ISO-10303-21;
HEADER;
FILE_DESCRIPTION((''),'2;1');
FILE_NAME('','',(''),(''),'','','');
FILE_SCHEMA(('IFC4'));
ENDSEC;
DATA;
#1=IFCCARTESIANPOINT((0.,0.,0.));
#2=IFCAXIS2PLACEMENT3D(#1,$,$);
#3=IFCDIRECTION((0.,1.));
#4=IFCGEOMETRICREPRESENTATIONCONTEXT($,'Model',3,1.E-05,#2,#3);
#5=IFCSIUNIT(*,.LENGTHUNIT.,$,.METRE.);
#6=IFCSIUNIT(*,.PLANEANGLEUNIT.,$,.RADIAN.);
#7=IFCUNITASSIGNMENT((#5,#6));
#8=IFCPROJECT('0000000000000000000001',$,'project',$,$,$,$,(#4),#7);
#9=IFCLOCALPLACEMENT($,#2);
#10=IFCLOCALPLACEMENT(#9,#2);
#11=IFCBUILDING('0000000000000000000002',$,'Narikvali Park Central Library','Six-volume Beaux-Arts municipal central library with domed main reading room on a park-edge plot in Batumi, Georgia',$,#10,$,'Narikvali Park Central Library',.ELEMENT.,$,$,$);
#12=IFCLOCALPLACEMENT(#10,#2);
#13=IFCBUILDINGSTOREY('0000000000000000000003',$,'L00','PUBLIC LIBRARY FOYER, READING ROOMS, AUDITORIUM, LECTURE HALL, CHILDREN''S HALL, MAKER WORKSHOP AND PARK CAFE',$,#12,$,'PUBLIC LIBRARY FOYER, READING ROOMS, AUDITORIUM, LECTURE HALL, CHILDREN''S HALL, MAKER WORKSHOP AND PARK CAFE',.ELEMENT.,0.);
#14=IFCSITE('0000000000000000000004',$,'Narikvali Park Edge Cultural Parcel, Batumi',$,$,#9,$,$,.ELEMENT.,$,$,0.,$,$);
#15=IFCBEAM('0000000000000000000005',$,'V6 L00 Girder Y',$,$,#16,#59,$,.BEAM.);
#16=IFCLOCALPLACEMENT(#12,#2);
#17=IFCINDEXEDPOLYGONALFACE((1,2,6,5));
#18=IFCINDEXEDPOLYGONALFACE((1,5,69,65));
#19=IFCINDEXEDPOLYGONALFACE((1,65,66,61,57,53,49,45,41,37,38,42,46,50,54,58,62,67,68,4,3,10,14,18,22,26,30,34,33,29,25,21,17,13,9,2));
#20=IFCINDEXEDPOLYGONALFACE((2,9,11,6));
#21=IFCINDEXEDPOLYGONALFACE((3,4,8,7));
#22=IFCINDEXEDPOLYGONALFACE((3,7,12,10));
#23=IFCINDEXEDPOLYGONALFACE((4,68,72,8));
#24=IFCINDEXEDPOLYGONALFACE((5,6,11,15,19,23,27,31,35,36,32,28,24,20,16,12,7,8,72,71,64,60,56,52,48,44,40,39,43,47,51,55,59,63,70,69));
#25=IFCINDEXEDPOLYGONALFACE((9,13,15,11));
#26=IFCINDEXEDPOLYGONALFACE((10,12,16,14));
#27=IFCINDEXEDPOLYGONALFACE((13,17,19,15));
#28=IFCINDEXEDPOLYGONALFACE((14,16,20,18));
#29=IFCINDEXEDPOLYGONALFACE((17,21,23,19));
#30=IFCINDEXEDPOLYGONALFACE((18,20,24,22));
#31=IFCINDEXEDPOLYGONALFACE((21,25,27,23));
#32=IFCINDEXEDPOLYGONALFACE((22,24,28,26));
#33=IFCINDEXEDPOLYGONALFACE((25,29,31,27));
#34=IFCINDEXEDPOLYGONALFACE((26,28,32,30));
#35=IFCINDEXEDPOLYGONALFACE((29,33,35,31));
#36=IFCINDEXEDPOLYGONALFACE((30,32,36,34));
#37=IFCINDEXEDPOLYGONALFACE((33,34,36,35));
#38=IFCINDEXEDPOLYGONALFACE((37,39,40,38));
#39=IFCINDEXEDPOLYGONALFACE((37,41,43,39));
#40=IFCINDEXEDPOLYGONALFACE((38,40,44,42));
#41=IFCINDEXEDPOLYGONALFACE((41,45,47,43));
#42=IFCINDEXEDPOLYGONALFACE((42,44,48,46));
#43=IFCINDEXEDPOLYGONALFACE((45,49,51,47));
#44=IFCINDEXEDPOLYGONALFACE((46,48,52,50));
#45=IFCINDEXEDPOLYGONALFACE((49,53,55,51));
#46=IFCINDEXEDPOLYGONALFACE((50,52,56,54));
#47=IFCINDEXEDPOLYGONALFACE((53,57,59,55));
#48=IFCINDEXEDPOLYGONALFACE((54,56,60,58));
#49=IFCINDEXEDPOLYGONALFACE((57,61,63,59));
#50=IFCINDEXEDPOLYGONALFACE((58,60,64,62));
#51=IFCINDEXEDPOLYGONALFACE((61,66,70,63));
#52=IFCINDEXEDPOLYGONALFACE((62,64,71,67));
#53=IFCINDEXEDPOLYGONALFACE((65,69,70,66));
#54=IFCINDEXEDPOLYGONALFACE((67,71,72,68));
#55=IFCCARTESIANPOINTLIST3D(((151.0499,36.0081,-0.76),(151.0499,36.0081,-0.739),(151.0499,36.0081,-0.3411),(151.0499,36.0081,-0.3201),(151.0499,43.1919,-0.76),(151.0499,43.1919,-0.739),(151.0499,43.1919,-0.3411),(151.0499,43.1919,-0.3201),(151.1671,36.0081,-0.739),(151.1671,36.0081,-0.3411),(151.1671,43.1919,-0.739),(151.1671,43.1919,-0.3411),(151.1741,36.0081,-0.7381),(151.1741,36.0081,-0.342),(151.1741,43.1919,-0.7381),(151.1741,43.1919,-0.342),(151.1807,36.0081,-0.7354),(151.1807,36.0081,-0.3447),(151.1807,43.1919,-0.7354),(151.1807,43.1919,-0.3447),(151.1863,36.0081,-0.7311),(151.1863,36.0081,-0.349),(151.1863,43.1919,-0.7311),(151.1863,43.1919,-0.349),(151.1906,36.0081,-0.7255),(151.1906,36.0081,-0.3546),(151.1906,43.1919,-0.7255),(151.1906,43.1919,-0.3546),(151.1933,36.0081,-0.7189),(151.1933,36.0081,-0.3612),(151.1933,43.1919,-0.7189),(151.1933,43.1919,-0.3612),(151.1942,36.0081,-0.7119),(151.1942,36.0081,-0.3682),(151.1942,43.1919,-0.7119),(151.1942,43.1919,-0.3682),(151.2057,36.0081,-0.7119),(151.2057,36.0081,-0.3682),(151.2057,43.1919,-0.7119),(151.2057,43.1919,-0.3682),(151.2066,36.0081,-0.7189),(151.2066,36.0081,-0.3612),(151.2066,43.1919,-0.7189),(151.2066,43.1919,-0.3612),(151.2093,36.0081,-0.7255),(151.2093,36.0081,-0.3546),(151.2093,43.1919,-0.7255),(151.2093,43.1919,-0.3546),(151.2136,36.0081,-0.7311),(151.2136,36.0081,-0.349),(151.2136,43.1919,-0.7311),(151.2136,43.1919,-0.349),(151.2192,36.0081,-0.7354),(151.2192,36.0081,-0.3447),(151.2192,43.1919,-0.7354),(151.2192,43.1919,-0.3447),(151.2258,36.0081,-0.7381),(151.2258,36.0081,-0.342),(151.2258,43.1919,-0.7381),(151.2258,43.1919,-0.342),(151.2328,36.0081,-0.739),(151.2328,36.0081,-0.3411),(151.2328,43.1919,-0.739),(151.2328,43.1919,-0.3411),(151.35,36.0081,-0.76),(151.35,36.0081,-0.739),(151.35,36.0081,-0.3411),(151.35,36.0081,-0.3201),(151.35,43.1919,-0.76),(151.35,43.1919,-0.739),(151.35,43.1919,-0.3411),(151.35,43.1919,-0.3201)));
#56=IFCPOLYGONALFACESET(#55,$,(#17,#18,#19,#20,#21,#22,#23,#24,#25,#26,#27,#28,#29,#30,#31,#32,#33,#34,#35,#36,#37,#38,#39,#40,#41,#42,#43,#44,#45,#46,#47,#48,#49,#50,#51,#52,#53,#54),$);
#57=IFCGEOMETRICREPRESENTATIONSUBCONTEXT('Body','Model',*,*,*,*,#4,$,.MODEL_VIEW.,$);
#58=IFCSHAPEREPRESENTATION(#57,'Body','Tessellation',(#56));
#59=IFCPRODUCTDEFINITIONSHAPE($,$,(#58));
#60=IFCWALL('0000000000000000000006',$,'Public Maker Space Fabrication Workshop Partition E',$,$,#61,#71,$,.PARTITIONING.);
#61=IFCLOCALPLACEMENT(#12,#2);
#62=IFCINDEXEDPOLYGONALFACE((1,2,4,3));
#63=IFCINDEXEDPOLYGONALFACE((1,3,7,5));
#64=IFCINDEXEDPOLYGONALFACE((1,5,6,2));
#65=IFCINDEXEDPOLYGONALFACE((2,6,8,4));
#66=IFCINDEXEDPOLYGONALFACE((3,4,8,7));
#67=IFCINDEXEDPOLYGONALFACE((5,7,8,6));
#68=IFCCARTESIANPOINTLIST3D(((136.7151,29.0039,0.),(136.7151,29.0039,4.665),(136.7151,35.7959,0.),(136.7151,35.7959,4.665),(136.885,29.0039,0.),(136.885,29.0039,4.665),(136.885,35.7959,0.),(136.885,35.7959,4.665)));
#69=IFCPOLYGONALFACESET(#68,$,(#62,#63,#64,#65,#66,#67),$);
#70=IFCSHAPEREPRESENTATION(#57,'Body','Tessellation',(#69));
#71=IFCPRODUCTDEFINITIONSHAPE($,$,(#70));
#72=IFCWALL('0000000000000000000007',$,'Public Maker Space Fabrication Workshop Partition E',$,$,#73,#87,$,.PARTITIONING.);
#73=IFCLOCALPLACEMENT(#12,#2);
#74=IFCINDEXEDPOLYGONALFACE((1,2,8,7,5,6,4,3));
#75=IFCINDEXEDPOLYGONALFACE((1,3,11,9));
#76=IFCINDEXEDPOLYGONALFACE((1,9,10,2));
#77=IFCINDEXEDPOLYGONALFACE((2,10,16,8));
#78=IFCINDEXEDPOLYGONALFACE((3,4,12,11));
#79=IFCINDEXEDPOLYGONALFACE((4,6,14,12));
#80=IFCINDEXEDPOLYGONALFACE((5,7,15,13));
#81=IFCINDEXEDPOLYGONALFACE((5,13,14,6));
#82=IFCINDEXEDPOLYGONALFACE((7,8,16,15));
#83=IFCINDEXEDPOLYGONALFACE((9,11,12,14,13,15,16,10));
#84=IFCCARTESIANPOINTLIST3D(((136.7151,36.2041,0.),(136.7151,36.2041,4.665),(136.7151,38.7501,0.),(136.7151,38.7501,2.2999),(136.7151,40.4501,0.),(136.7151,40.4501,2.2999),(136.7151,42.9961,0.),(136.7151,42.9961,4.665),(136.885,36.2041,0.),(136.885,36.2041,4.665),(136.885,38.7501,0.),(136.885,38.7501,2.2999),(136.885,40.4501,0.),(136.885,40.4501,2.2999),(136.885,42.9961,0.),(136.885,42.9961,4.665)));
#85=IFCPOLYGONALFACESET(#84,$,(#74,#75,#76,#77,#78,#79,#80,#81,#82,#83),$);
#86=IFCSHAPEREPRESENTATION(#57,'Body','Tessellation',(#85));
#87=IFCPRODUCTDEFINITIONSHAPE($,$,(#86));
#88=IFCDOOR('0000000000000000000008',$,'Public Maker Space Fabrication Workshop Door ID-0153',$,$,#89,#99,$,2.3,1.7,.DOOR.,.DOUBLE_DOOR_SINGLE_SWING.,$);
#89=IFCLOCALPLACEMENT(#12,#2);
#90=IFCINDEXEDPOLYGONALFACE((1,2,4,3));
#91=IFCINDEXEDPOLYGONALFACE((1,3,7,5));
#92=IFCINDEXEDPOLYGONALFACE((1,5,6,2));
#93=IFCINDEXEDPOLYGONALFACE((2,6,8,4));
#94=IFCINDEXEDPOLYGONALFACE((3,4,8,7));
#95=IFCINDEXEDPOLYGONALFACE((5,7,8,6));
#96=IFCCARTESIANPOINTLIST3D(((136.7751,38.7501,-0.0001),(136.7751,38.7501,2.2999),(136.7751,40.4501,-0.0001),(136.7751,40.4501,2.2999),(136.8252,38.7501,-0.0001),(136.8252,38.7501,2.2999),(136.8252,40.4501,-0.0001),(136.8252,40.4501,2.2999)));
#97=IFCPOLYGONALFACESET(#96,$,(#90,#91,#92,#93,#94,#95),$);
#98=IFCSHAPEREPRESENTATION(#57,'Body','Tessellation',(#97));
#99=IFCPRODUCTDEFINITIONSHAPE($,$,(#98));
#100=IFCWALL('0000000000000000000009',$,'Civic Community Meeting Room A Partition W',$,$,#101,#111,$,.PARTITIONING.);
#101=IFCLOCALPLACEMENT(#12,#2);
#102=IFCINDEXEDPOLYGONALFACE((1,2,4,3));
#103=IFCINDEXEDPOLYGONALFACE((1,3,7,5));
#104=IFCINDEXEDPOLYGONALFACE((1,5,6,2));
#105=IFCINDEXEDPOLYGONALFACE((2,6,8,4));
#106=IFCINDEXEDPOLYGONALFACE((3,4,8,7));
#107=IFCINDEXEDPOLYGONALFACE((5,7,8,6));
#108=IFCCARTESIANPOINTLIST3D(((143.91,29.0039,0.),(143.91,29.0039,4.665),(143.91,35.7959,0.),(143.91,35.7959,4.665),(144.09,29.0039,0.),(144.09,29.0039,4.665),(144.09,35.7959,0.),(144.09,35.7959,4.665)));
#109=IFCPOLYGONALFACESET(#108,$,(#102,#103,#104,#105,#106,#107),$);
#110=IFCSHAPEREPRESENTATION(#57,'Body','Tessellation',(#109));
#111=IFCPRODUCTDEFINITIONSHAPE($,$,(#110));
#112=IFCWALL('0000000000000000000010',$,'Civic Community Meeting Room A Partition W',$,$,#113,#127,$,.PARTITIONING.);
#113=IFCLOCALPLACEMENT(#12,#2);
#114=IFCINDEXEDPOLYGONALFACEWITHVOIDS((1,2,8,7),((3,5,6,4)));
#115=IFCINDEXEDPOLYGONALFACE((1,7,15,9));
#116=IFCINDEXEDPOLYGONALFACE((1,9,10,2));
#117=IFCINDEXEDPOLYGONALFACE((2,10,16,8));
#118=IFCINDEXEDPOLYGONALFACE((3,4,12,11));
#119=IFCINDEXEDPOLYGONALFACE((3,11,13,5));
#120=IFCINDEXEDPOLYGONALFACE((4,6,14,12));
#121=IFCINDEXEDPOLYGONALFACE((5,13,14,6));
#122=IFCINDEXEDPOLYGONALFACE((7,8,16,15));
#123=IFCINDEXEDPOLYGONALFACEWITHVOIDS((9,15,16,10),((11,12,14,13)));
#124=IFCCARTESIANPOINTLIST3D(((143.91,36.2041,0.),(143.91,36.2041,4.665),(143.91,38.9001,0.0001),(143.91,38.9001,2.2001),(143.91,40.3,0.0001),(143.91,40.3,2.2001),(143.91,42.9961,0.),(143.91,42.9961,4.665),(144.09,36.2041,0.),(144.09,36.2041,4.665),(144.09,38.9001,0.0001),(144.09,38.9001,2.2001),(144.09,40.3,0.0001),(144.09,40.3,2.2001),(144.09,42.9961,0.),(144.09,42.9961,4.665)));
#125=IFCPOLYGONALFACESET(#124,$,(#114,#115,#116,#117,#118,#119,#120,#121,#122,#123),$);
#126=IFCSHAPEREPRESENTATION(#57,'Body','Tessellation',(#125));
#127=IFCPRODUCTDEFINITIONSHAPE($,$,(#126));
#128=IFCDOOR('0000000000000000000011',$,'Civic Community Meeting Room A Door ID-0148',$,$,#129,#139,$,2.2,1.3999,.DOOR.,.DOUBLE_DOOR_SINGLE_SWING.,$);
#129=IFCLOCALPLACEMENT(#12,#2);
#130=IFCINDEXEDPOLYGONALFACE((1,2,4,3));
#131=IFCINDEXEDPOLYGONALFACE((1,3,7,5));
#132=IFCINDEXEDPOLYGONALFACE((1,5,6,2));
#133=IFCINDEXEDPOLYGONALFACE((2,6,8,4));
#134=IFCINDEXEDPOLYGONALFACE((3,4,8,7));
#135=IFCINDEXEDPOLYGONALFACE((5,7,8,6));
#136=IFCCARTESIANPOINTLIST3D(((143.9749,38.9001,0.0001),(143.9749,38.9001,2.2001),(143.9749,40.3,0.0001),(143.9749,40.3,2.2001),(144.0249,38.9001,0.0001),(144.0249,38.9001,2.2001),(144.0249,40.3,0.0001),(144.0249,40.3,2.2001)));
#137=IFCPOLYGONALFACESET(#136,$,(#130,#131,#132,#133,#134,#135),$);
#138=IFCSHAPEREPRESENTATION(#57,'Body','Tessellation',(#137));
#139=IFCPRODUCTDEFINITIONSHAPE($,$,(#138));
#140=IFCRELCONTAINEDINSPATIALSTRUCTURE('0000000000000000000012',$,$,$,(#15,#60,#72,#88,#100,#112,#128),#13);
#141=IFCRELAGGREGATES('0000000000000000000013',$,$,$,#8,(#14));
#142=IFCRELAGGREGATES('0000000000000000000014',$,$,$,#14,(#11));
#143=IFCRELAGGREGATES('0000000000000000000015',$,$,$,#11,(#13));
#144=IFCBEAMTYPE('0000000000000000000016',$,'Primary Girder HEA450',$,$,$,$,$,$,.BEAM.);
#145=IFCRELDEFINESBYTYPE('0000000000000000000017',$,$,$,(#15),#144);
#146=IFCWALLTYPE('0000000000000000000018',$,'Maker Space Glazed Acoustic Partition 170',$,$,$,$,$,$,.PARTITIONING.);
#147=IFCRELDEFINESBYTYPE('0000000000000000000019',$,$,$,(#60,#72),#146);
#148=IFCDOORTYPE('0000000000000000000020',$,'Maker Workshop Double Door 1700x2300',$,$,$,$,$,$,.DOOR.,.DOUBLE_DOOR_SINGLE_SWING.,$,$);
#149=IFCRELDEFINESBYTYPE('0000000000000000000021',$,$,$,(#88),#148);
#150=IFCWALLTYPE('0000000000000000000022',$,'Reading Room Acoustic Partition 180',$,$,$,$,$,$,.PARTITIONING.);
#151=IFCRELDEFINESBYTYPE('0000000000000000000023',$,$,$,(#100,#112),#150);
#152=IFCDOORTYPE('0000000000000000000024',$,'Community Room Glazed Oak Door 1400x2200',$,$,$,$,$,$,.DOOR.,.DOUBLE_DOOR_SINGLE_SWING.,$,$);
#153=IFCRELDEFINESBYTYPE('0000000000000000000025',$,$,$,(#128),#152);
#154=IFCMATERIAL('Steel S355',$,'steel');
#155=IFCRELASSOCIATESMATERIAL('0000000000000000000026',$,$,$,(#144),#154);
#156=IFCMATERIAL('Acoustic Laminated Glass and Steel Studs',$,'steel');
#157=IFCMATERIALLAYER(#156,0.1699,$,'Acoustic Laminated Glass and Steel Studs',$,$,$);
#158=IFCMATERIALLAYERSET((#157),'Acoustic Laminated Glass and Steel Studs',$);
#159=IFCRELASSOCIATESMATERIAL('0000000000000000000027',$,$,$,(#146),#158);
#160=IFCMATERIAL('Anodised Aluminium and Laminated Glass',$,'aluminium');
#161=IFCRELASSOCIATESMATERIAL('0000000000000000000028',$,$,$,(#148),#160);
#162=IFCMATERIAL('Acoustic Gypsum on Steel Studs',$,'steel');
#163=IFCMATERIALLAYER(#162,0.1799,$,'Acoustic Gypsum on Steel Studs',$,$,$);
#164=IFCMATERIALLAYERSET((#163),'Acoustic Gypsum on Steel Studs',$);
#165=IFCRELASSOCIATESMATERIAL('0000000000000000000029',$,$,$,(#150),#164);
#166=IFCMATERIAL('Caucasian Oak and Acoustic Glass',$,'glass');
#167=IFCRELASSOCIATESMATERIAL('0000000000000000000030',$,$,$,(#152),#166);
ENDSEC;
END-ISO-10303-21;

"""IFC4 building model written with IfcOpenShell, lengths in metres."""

from ifc_helpers import new_model, si_unit, direction, frame, frame_2d, origin, origin_2d, place, context, subcontext, project, spatial, rectangle, i_section, extrude, material, layer, layer_set, material_profile, profile_set, type_object, element, fill, save


model = new_model("IFC4")

# Units and contexts
model_context = context("Model", 3, precision=1e-05, world=origin(), true_north=direction((0.0, 1.0)))
body_context = subcontext(model_context, "Body", "Model", "MODEL_VIEW")
ifc_project = project(units=[si_unit("LENGTHUNIT", "METRE"), si_unit("PLANEANGLEUNIT", "RADIAN")], contexts=[model_context])

# Site, building, storey
site_placement = place(None, origin())
site = spatial("IfcSite", under=ifc_project, at=site_placement, Name="Narikvali Park Edge Cultural Parcel, Batumi", CompositionType="ELEMENT", RefElevation=0.0)
building_placement = place(site_placement, origin())
building = spatial("IfcBuilding", under=site, at=building_placement, Name="Narikvali Park Central Library", Description="Six-volume Beaux-Arts municipal central library with domed main reading room on a park-edge plot in Batumi, Georgia", LongName="Narikvali Park Central Library", CompositionType="ELEMENT")
storey_placement = place(building_placement, origin())
storey = spatial("IfcBuildingStorey", under=building, at=storey_placement, Name="L00", Description="PUBLIC LIBRARY FOYER, READING ROOMS, AUDITORIUM, LECTURE HALL, CHILDREN'S HALL, MAKER WORKSHOP AND PARK CAFE", LongName="PUBLIC LIBRARY FOYER, READING ROOMS, AUDITORIUM, LECTURE HALL, CHILDREN'S HALL, MAKER WORKSHOP AND PARK CAFE", CompositionType="ELEMENT", Elevation=0.0)

# Shared definitions
ifc_material_1 = material(Name="Steel S355", Category="steel")

# Beam
ifc_material_profile_1 = material_profile(ifc_material_1, i_section(OverallWidth=0.3, OverallDepth=0.4399, WebThickness=0.0115, FlangeThickness=0.021, FilletRadius=0.0271, at=origin_2d()), Name="HEA 450")
ifc_profile_set_1 = profile_set([ifc_material_profile_1], Name="Steel S355")
beam_type_1 = type_object("IfcBeamType", Name="Primary Girder HEA450", PredefinedType="BEAM", material=ifc_profile_set_1)
for number, where, z_axis, x_axis, name in (
    (1, (151.2, 36.0081, -0.54), (0.0, 1.0, 0.0), (-1.0, 0.0, 0.0), "V6 L00 Girder Y"),
):
    element("IfcBeam", number, at=place(storey_placement, frame(where, z_axis=z_axis, x_axis=x_axis)), inside=storey, type_object=beam_type_1, Name=name, PredefinedType="BEAM", context=body_context, shape_type="SweptSolid", body=[
        extrude(i_section(OverallWidth=0.3, OverallDepth=0.4399, WebThickness=0.0115, FlangeThickness=0.021, FilletRadius=0.0271, at=origin_2d()), origin(), (0.0, 0.0, 1.0), 7.1838),
    ])

# Wall
ifc_material_2 = material(Name="Acoustic Laminated Glass and Steel Studs", Category="steel")
ifc_layer_1 = layer(ifc_material_2, 0.1699, Name="Acoustic Laminated Glass and Steel Studs")
ifc_layer_set_1 = layer_set([ifc_layer_1], Name="Acoustic Laminated Glass and Steel Studs")
wall_type_1 = type_object("IfcWallType", Name="Maker Space Glazed Acoustic Partition 170", PredefinedType="PARTITIONING", material=ifc_layer_set_1)
wall_1_placement = place(storey_placement, frame((136.8, 29.0039, 0.0), z_axis=(0.0, 0.0, 1.0), x_axis=(0.0, 1.0, 0.0)))
element("IfcWall", 2, at=wall_1_placement, inside=storey, type_object=wall_type_1, Name="Public Maker Space Fabrication Workshop Partition E", PredefinedType="PARTITIONING", context=body_context, shape_type="SweptSolid", body=[
    extrude(rectangle(XDim=6.792, YDim=0.1699, at=frame_2d((3.396, 0.0))), origin(), (0.0, 0.0, 1.0), 4.665),
])

# Wall, opening, door
wall_2_placement = place(storey_placement, frame((136.8, 36.2041, 0.0), z_axis=(0.0, 0.0, 1.0), x_axis=(0.0, 1.0, 0.0)))
wall_2 = element("IfcWall", 3, at=wall_2_placement, inside=storey, type_object=wall_type_1, Name="Public Maker Space Fabrication Workshop Partition E", PredefinedType="PARTITIONING", context=body_context, shape_type="SweptSolid", body=[
    extrude(rectangle(XDim=6.792, YDim=0.1699, at=frame_2d((3.396, 0.0))), origin(), (0.0, 0.0, 1.0), 4.665),
])
opening_1_placement = place(wall_2_placement, frame((2.5459, 0.0, 0.0)))
opening_1 = element("IfcOpeningElement", 4, at=opening_1_placement, cuts=wall_2, PredefinedType="OPENING", context=body_context, shape_type="SweptSolid", body=[
    extrude(rectangle(XDim=1.7, YDim=2.3, at=frame_2d((0.8501, 1.1499))), frame((0.0, 0.0969, 0.0), z_axis=(0.0, -1.0, 0.0), x_axis=(1.0, 0.0, 0.0)), (0.0, 0.0, 1.0), 0.1938),
])
ifc_material_3 = material(Name="Anodised Aluminium and Laminated Glass", Category="aluminium")
door_type_1 = type_object("IfcDoorType", Name="Maker Workshop Double Door 1700x2300", OperationType="DOUBLE_DOOR_SINGLE_SWING", PredefinedType="DOOR", material=ifc_material_3)
door_1_placement = place(opening_1_placement, origin())
door_1 = element("IfcDoor", 5, at=door_1_placement, inside=storey, type_object=door_type_1, Name="Public Maker Space Fabrication Workshop Door ID-0153", OperationType="DOUBLE_DOOR_SINGLE_SWING", OverallHeight=2.3, OverallWidth=1.7, PredefinedType="DOOR", context=body_context, shape_type="SweptSolid", body=[
    extrude(rectangle(XDim=1.7, YDim=2.3, at=frame_2d((0.8501, 1.1499))), frame((0.0, 0.0249, 0.0), z_axis=(0.0, -1.0, 0.0), x_axis=(1.0, 0.0, 0.0)), (0.0, 0.0, 1.0), 0.05),
])
fill(opening_1, door_1)

# Wall
ifc_material_4 = material(Name="Acoustic Gypsum on Steel Studs", Category="steel")
ifc_layer_2 = layer(ifc_material_4, 0.1799, Name="Acoustic Gypsum on Steel Studs")
ifc_layer_set_2 = layer_set([ifc_layer_2], Name="Acoustic Gypsum on Steel Studs")
wall_type_2 = type_object("IfcWallType", Name="Reading Room Acoustic Partition 180", PredefinedType="PARTITIONING", material=ifc_layer_set_2)
wall_3_placement = place(storey_placement, frame((144.0, 29.0039, 0.0), z_axis=(0.0, 0.0, 1.0), x_axis=(0.0, 1.0, 0.0)))
element("IfcWall", 6, at=wall_3_placement, inside=storey, type_object=wall_type_2, Name="Civic Community Meeting Room A Partition W", PredefinedType="PARTITIONING", context=body_context, shape_type="SweptSolid", body=[
    extrude(rectangle(XDim=6.792, YDim=0.1799, at=frame_2d((3.396, 0.0))), origin(), (0.0, 0.0, 1.0), 4.665),
])

# Wall, opening, door
wall_4_placement = place(storey_placement, frame((144.0, 36.2041, 0.0), z_axis=(0.0, 0.0, 1.0), x_axis=(0.0, 1.0, 0.0)))
wall_4 = element("IfcWall", 7, at=wall_4_placement, inside=storey, type_object=wall_type_2, Name="Civic Community Meeting Room A Partition W", PredefinedType="PARTITIONING", context=body_context, shape_type="SweptSolid", body=[
    extrude(rectangle(XDim=6.792, YDim=0.1799, at=frame_2d((3.396, 0.0))), origin(), (0.0, 0.0, 1.0), 4.665),
])
opening_2_placement = place(wall_4_placement, frame((2.696, 0.0, 0.0)))
opening_2 = element("IfcOpeningElement", 8, at=opening_2_placement, cuts=wall_4, PredefinedType="OPENING", context=body_context, shape_type="SweptSolid", body=[
    extrude(rectangle(XDim=1.3999, YDim=2.2, at=frame_2d((0.7, 1.1001))), frame((0.0, 0.1021, 0.0), z_axis=(0.0, -1.0, 0.0), x_axis=(1.0, 0.0, 0.0)), (0.0, 0.0, 1.0), 0.2039),
])
ifc_material_5 = material(Name="Caucasian Oak and Acoustic Glass", Category="glass")
door_type_2 = type_object("IfcDoorType", Name="Community Room Glazed Oak Door 1400x2200", OperationType="DOUBLE_DOOR_SINGLE_SWING", PredefinedType="DOOR", material=ifc_material_5)
door_2_placement = place(opening_2_placement, frame((1.3999, 0.0, 0.0), z_axis=(0.0, 0.0, 1.0), x_axis=(-1.0, 0.0, 0.0)))
door_2 = element("IfcDoor", 9, at=door_2_placement, inside=storey, type_object=door_type_2, Name="Civic Community Meeting Room A Door ID-0148", OperationType="DOUBLE_DOOR_SINGLE_SWING", OverallHeight=2.2, OverallWidth=1.3999, PredefinedType="DOOR", context=body_context, shape_type="SweptSolid", body=[
    extrude(rectangle(XDim=1.3999, YDim=2.2, at=frame_2d((0.7, 1.1001))), frame((0.0, 0.0249, 0.0), z_axis=(0.0, -1.0, 0.0), x_axis=(1.0, 0.0, 0.0)), (0.0, 0.0, 1.0), 0.05),
])
fill(opening_2, door_2)

save(model, "model.ifc")
